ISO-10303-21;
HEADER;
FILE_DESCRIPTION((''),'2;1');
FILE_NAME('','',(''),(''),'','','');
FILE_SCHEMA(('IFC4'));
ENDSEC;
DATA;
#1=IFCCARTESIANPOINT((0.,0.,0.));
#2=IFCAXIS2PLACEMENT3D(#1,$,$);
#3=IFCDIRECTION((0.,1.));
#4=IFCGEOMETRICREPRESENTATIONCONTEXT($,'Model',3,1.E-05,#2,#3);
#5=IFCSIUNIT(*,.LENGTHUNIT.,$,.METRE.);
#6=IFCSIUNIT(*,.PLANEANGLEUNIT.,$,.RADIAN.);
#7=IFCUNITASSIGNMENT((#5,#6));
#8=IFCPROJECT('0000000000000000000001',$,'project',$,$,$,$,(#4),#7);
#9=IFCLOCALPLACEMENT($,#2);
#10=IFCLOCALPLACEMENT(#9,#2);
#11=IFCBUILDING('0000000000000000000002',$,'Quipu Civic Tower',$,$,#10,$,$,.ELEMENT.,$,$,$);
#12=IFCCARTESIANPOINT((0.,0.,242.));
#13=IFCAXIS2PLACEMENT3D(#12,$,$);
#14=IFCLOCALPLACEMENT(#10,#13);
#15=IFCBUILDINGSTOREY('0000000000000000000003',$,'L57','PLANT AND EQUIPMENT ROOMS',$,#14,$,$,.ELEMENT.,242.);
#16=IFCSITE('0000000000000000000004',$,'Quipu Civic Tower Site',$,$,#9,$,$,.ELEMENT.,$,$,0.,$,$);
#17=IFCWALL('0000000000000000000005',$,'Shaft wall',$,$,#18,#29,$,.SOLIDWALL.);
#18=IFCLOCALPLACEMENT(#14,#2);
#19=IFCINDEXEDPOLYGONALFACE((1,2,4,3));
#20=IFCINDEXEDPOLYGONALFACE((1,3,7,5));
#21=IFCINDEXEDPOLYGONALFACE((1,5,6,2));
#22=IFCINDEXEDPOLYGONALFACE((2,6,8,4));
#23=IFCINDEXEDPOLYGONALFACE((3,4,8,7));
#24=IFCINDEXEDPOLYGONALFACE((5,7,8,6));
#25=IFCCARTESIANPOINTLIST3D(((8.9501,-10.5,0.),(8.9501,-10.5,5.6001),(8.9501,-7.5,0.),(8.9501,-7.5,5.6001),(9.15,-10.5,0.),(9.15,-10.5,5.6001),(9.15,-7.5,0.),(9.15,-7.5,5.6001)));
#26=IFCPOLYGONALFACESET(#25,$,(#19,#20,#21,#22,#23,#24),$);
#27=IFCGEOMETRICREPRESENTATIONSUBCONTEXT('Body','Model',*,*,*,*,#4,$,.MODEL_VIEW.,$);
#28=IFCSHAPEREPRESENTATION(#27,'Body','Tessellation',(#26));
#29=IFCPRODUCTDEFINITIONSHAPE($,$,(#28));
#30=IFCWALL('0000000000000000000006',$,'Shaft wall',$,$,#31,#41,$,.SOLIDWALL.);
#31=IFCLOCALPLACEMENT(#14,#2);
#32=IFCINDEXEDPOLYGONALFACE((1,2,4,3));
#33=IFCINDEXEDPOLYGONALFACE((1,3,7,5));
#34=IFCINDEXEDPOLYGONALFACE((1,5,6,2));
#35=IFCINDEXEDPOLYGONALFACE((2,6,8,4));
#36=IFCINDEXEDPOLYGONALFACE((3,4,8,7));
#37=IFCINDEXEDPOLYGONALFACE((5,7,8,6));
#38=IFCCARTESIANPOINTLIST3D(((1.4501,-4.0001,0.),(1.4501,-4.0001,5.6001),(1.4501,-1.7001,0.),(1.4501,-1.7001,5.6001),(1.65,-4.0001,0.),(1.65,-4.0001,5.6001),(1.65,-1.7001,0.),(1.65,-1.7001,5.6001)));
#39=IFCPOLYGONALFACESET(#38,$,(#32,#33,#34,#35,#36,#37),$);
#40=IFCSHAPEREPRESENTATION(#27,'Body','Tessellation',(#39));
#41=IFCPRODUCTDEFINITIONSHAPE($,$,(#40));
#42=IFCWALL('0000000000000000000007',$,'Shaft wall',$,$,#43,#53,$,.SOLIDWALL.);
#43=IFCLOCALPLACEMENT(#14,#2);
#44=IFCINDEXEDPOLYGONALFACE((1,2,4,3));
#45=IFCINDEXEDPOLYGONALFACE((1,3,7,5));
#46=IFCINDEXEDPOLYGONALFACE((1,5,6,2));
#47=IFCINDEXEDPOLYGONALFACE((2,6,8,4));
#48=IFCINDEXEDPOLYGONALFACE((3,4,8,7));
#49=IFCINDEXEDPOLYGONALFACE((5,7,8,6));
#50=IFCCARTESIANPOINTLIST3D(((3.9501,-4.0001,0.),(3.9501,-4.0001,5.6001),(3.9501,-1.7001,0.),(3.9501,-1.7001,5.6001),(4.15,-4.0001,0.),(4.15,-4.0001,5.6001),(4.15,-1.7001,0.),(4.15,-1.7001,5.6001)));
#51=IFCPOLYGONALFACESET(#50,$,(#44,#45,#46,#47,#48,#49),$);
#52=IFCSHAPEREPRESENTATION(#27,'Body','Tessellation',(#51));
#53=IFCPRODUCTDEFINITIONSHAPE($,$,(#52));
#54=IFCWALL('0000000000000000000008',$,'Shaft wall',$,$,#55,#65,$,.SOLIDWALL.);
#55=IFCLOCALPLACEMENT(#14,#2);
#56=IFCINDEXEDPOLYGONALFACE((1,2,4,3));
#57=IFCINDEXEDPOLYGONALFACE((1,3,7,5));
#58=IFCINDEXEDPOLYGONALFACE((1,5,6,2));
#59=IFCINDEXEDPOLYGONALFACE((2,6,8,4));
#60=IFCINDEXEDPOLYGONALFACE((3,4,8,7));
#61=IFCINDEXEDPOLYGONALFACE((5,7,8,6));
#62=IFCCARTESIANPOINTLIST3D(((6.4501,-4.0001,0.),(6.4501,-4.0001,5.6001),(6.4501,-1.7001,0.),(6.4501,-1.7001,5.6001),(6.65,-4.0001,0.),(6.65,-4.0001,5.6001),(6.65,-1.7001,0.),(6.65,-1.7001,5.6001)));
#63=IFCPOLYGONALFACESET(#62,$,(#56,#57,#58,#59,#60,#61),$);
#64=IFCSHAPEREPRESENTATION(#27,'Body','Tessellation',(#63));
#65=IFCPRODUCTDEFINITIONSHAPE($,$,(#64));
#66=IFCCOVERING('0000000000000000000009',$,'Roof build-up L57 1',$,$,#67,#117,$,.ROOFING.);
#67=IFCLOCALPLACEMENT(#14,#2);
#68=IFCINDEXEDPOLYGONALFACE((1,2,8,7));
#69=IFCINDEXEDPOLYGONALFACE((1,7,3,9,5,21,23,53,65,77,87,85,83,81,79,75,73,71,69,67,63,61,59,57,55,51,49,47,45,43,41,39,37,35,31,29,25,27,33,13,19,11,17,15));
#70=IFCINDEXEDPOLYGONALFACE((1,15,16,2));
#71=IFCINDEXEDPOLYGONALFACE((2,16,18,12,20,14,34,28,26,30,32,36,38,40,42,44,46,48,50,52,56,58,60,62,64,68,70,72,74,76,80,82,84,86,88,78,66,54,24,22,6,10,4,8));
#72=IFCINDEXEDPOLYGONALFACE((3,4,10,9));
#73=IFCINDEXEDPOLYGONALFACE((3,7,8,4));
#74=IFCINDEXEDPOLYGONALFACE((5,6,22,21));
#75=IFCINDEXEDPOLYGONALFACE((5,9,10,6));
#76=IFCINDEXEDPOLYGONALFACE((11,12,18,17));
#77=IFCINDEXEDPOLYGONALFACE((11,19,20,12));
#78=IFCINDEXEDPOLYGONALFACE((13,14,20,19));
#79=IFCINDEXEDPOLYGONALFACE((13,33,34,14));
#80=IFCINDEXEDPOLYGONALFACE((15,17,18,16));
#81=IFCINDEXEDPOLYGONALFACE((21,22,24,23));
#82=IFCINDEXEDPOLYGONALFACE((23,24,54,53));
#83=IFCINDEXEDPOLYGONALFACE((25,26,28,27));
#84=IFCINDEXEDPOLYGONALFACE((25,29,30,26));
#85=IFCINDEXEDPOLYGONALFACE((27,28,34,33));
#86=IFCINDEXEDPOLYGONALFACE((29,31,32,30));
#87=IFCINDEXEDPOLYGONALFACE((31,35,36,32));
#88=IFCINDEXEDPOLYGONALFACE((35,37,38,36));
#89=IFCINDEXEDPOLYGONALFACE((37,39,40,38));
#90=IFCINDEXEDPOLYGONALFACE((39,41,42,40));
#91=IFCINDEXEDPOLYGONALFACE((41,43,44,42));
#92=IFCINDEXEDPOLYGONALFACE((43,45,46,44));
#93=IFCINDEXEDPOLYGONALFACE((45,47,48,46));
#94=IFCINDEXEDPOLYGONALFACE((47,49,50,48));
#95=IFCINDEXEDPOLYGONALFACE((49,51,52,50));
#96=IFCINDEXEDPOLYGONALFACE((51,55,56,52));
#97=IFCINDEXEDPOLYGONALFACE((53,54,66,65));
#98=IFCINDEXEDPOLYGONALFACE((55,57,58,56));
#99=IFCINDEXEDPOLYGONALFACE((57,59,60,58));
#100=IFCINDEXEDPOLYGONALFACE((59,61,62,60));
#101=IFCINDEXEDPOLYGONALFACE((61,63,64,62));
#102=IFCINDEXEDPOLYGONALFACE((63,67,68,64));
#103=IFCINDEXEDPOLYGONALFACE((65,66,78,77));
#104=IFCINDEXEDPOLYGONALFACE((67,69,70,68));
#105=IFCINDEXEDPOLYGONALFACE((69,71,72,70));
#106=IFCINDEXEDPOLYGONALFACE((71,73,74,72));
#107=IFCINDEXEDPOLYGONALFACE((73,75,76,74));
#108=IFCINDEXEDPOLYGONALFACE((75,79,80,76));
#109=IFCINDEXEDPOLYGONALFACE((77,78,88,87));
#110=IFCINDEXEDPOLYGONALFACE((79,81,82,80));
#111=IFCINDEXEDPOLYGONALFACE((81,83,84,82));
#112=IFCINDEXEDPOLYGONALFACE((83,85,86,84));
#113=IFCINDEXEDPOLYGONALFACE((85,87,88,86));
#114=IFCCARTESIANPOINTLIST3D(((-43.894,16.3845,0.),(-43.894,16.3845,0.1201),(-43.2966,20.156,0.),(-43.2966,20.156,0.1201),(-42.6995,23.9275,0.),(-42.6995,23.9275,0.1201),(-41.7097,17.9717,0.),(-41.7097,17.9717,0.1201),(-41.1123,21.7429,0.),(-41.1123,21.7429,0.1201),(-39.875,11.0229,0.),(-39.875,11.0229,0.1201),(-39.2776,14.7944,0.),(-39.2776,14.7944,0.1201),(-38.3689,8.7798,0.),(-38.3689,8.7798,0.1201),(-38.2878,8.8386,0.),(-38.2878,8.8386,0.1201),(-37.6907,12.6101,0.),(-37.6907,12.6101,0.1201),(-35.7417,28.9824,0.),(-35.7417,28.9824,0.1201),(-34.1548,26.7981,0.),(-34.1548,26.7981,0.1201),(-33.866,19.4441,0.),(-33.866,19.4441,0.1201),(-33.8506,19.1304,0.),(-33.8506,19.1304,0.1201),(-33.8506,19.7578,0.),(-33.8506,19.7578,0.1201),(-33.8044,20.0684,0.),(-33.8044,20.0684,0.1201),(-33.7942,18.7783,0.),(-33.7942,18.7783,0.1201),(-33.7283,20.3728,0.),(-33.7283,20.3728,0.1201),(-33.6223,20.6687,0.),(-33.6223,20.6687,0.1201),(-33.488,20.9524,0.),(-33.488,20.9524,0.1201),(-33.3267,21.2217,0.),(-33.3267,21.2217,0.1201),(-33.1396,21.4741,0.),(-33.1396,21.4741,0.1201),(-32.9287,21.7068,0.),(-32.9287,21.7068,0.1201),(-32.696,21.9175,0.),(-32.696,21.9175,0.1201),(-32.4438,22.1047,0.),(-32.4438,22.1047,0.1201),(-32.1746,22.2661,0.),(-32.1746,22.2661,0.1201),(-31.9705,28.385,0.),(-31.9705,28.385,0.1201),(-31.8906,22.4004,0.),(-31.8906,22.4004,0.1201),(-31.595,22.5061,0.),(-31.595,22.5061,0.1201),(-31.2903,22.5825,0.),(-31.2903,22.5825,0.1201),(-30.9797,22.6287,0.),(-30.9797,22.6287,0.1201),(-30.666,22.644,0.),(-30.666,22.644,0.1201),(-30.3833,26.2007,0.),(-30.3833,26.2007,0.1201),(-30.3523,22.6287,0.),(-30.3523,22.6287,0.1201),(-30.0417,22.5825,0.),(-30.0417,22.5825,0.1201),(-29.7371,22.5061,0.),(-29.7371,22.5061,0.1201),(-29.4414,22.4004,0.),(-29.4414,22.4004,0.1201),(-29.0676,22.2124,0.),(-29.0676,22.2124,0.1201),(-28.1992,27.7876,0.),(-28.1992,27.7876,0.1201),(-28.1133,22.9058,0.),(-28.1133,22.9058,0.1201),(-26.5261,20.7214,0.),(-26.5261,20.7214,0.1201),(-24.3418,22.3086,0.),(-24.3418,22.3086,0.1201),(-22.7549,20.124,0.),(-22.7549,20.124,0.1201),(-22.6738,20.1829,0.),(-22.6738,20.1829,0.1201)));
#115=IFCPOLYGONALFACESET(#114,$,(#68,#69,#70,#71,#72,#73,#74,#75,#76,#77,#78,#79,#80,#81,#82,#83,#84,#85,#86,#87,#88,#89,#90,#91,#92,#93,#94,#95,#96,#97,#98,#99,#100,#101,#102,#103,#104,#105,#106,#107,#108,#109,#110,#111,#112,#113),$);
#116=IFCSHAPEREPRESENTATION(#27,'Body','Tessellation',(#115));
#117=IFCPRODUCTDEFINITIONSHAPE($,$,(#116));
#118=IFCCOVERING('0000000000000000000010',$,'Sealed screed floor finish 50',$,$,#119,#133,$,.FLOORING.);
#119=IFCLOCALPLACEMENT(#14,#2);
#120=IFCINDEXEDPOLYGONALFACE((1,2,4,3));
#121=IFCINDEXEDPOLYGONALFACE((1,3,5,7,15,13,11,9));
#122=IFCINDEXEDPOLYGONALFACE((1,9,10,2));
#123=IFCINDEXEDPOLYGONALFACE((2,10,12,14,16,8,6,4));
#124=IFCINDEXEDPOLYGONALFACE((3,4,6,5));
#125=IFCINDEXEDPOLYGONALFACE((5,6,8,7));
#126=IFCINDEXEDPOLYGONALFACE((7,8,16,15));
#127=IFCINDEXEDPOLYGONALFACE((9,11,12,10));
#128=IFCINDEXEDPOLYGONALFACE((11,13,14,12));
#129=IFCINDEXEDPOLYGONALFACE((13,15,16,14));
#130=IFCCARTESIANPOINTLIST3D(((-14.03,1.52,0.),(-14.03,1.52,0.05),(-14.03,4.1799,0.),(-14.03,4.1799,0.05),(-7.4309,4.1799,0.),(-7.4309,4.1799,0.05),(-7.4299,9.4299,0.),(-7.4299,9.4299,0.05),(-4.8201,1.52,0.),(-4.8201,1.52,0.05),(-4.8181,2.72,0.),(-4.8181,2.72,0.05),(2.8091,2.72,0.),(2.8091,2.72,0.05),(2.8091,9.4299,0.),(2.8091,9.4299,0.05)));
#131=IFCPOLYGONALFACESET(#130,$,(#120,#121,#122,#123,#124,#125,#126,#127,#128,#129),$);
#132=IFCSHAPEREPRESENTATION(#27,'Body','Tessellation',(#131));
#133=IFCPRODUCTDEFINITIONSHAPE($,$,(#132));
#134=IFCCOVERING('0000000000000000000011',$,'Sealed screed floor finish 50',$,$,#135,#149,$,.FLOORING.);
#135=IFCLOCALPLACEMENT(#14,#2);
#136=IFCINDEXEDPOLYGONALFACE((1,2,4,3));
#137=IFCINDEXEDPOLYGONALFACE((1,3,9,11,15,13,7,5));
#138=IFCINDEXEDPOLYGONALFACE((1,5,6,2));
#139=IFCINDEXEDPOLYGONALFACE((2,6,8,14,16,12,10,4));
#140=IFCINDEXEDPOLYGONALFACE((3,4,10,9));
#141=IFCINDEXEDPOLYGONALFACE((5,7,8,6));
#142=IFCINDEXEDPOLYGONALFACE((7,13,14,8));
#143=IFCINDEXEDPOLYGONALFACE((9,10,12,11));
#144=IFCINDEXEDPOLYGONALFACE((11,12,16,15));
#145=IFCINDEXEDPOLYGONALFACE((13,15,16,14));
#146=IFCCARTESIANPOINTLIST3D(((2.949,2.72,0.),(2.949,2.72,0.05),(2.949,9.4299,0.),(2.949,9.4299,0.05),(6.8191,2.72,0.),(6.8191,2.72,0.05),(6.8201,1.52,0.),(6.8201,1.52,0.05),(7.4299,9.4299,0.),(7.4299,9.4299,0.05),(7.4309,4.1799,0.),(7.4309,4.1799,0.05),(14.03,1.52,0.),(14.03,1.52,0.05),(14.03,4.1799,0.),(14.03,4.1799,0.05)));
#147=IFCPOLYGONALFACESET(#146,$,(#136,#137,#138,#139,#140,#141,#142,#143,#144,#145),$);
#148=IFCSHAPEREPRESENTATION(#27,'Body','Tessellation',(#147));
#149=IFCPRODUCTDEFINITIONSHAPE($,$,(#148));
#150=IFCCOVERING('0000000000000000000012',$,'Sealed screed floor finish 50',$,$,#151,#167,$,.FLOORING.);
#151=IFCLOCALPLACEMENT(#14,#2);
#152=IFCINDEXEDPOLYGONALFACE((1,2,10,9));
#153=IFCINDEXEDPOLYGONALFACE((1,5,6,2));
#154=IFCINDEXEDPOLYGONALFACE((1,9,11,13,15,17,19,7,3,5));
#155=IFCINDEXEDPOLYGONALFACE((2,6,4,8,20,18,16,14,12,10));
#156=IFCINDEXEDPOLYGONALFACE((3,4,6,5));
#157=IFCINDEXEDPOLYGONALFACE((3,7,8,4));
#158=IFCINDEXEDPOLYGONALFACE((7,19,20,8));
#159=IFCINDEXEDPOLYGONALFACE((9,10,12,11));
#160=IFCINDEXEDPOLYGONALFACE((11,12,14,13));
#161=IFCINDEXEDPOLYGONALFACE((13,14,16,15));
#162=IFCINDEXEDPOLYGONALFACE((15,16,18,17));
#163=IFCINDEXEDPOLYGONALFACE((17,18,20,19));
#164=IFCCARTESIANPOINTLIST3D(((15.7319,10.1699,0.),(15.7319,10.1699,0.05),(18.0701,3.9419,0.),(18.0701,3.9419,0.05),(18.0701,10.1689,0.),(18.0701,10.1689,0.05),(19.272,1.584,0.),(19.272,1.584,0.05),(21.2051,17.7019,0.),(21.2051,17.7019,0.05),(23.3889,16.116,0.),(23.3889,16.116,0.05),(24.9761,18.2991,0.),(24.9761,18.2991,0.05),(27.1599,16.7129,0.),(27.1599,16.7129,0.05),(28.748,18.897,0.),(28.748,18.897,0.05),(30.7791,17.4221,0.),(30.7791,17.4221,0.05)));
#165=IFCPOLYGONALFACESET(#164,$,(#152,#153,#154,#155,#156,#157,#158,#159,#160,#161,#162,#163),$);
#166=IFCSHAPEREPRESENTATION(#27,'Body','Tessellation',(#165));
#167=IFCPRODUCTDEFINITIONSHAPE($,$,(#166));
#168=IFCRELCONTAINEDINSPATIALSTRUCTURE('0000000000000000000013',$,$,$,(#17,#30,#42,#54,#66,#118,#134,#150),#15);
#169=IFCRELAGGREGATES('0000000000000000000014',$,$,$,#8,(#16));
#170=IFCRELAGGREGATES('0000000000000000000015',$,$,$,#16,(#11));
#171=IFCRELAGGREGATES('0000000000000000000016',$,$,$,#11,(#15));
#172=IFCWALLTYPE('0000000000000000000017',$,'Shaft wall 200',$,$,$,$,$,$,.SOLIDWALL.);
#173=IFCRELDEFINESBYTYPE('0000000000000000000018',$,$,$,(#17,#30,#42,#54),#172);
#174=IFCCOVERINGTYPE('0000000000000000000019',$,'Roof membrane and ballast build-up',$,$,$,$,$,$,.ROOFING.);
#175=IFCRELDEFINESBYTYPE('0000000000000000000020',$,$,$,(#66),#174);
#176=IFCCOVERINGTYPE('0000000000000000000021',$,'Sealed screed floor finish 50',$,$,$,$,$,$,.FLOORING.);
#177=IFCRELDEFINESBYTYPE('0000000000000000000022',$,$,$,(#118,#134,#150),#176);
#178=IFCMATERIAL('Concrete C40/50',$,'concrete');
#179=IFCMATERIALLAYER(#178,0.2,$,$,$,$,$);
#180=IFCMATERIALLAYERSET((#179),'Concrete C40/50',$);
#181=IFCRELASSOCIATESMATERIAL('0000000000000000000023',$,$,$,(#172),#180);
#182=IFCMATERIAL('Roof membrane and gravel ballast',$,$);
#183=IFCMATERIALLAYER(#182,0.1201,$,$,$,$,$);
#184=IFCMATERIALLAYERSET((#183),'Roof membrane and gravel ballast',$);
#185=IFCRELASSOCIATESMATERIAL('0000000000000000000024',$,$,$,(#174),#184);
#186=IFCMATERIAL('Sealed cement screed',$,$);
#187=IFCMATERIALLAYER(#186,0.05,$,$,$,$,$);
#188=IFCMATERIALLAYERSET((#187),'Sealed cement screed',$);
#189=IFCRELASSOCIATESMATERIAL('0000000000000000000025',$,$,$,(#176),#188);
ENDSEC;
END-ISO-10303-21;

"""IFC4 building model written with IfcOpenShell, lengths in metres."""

from ifc_helpers import new_model, si_unit, direction, frame, frame_2d, origin, place, context, subcontext, project, spatial, polyline, rectangle, outline, extrude, material, layer, layer_set, type_object, element, save


model = new_model("IFC4")

# Units and contexts
model_context = context("Model", 3, precision=1e-05, world=origin(), true_north=direction((0.0, 1.0)))
body_context = subcontext(model_context, "Body", "Model", "MODEL_VIEW")
ifc_project = project(units=[si_unit("LENGTHUNIT", "METRE"), si_unit("PLANEANGLEUNIT", "RADIAN")], contexts=[model_context])

# Site, building, storey
site_placement = place(None, origin())
site = spatial("IfcSite", under=ifc_project, at=site_placement, Name="Quipu Civic Tower Site", CompositionType="ELEMENT", RefElevation=0.0)
building_placement = place(site_placement, origin())
building = spatial("IfcBuilding", under=site, at=building_placement, Name="Quipu Civic Tower", CompositionType="ELEMENT")
storey_placement = place(building_placement, frame((0.0, 0.0, 242.0)))
storey = spatial("IfcBuildingStorey", under=building, at=storey_placement, Name="L57", Description="PLANT AND EQUIPMENT ROOMS", CompositionType="ELEMENT", Elevation=242.0)

# Walls
ifc_material_1 = material(Name="Concrete C40/50", Category="concrete")
ifc_layer_1 = layer(ifc_material_1, 0.2)
ifc_layer_set_1 = layer_set([ifc_layer_1], Name="Concrete C40/50")
wall_type_1 = type_object("IfcWallType", Name="Shaft wall 200", PredefinedType="SOLIDWALL", material=ifc_layer_set_1)
for number, where, z_axis, x_axis, name in (
    (1, (9.05, -10.5, 0.0), (0.0, 0.0, 1.0), (0.0, 1.0, 0.0), "Shaft wall"),
):
    element("IfcWall", number, at=place(storey_placement, frame(where, z_axis=z_axis, x_axis=x_axis)), inside=storey, type_object=wall_type_1, Name=name, PredefinedType="SOLIDWALL", context=body_context, shape_type="SweptSolid", body=[
        extrude(rectangle(XDim=3.0, YDim=0.2, at=frame_2d((1.5, 0.0))), origin(), (0.0, 0.0, 1.0), 5.6001),
    ])
for number, where, z_axis, x_axis, name in (
    (2, (1.55, -4.0, 0.0), (0.0, 0.0, 1.0), (0.0, 1.0, 0.0), "Shaft wall"),
    (3, (4.05, -4.0, 0.0), (0.0, 0.0, 1.0), (0.0, 1.0, 0.0), "Shaft wall"),
    (4, (6.55, -4.0, 0.0), (0.0, 0.0, 1.0), (0.0, 1.0, 0.0), "Shaft wall"),
):
    element("IfcWall", number, at=place(storey_placement, frame(where, z_axis=z_axis, x_axis=x_axis)), inside=storey, type_object=wall_type_1, Name=name, PredefinedType="SOLIDWALL", context=body_context, shape_type="SweptSolid", body=[
        extrude(rectangle(XDim=2.3, YDim=0.2, at=frame_2d((1.1499, 0.0))), origin(), (0.0, 0.0, 1.0), 5.6001),
    ])

# Coverings
ifc_material_2 = material(Name="Roof membrane and gravel ballast")
ifc_layer_2 = layer(ifc_material_2, 0.1201)
ifc_layer_set_2 = layer_set([ifc_layer_2], Name="Roof membrane and gravel ballast")
covering_type_1 = type_object("IfcCoveringType", Name="Roof membrane and ballast build-up", PredefinedType="ROOFING", material=ifc_layer_set_2)
covering_1_placement = place(storey_placement, origin())
element("IfcCovering", 5, at=covering_1_placement, inside=storey, type_object=covering_type_1, Name="Roof build-up L57 1", PredefinedType="ROOFING", context=body_context, shape_type="SweptSolid", body=[
    extrude(outline(polyline([(-43.894, 16.3845), (-41.7097, 17.9717), (-43.2966, 20.156), (-41.1123, 21.7429), (-42.6995, 23.9275), (-35.7417, 28.9824), (-34.1548, 26.7981), (-31.9705, 28.385), (-30.3833, 26.2007), (-28.1992, 27.7876), (-22.6738, 20.1829), (-22.7549, 20.124), (-24.3418, 22.3086), (-26.5261, 20.7214), (-28.1133, 22.9058), (-29.0676, 22.2124), (-29.4414, 22.4004), (-29.7371, 22.5061), (-30.0417, 22.5825), (-30.3523, 22.6287), (-30.666, 22.644), (-30.9797, 22.6287), (-31.2903, 22.5825), (-31.595, 22.5061), (-31.8906, 22.4004), (-32.1746, 22.2661), (-32.4438, 22.1047), (-32.696, 21.9175), (-32.9287, 21.7068), (-33.1396, 21.4741), (-33.3267, 21.2217), (-33.488, 20.9524), (-33.6223, 20.6687), (-33.7283, 20.3728), (-33.8044, 20.0684), (-33.8506, 19.7578), (-33.866, 19.4441), (-33.8506, 19.1304), (-33.7942, 18.7783), (-39.2776, 14.7944), (-37.6907, 12.6101), (-39.875, 11.0229), (-38.2878, 8.8386), (-38.3689, 8.7798), (-43.894, 16.3845)])), origin(), (0.0, 0.0, 1.0), 0.1201),
])
ifc_material_3 = material(Name="Sealed cement screed")
ifc_layer_3 = layer(ifc_material_3, 0.05)
ifc_layer_set_3 = layer_set([ifc_layer_3], Name="Sealed cement screed")
covering_type_2 = type_object("IfcCoveringType", Name="Sealed screed floor finish 50", PredefinedType="FLOORING", material=ifc_layer_set_3)
covering_2_placement = place(storey_placement, origin())
element("IfcCovering", 6, at=covering_2_placement, inside=storey, type_object=covering_type_2, Name="Sealed screed floor finish 50", PredefinedType="FLOORING", context=body_context, shape_type="SweptSolid", body=[
    extrude(outline(polyline([(-14.03, 4.1799), (-7.4309, 4.1799), (-7.4299, 9.4299), (2.8091, 9.4299), (2.8091, 2.72), (-4.8181, 2.72), (-4.8201, 1.52), (-14.03, 1.52), (-14.03, 4.1799)])), origin(), (0.0, 0.0, 1.0), 0.05),
])
covering_3_placement = place(storey_placement, origin())
element("IfcCovering", 7, at=covering_3_placement, inside=storey, type_object=covering_type_2, Name="Sealed screed floor finish 50", PredefinedType="FLOORING", context=body_context, shape_type="SweptSolid", body=[
    extrude(outline(polyline([(2.949, 2.72), (2.949, 9.4299), (7.4299, 9.4299), (7.4309, 4.1799), (14.03, 4.1799), (14.03, 1.52), (6.8201, 1.52), (6.8191, 2.72), (2.949, 2.72)])), origin(), (0.0, 0.0, 1.0), 0.05),
])
covering_4_placement = place(storey_placement, origin())
element("IfcCovering", 8, at=covering_4_placement, inside=storey, type_object=covering_type_2, Name="Sealed screed floor finish 50", PredefinedType="FLOORING", context=body_context, shape_type="SweptSolid", body=[
    extrude(outline(polyline([(15.7319, 10.1699), (21.2051, 17.7019), (23.3889, 16.116), (24.9761, 18.2991), (27.1599, 16.7129), (28.748, 18.897), (30.7791, 17.4221), (19.272, 1.584), (18.0701, 3.9419), (18.0701, 10.1689), (15.7319, 10.1699)])), origin(), (0.0, 0.0, 1.0), 0.05),
])

save(model, "model.ifc")
